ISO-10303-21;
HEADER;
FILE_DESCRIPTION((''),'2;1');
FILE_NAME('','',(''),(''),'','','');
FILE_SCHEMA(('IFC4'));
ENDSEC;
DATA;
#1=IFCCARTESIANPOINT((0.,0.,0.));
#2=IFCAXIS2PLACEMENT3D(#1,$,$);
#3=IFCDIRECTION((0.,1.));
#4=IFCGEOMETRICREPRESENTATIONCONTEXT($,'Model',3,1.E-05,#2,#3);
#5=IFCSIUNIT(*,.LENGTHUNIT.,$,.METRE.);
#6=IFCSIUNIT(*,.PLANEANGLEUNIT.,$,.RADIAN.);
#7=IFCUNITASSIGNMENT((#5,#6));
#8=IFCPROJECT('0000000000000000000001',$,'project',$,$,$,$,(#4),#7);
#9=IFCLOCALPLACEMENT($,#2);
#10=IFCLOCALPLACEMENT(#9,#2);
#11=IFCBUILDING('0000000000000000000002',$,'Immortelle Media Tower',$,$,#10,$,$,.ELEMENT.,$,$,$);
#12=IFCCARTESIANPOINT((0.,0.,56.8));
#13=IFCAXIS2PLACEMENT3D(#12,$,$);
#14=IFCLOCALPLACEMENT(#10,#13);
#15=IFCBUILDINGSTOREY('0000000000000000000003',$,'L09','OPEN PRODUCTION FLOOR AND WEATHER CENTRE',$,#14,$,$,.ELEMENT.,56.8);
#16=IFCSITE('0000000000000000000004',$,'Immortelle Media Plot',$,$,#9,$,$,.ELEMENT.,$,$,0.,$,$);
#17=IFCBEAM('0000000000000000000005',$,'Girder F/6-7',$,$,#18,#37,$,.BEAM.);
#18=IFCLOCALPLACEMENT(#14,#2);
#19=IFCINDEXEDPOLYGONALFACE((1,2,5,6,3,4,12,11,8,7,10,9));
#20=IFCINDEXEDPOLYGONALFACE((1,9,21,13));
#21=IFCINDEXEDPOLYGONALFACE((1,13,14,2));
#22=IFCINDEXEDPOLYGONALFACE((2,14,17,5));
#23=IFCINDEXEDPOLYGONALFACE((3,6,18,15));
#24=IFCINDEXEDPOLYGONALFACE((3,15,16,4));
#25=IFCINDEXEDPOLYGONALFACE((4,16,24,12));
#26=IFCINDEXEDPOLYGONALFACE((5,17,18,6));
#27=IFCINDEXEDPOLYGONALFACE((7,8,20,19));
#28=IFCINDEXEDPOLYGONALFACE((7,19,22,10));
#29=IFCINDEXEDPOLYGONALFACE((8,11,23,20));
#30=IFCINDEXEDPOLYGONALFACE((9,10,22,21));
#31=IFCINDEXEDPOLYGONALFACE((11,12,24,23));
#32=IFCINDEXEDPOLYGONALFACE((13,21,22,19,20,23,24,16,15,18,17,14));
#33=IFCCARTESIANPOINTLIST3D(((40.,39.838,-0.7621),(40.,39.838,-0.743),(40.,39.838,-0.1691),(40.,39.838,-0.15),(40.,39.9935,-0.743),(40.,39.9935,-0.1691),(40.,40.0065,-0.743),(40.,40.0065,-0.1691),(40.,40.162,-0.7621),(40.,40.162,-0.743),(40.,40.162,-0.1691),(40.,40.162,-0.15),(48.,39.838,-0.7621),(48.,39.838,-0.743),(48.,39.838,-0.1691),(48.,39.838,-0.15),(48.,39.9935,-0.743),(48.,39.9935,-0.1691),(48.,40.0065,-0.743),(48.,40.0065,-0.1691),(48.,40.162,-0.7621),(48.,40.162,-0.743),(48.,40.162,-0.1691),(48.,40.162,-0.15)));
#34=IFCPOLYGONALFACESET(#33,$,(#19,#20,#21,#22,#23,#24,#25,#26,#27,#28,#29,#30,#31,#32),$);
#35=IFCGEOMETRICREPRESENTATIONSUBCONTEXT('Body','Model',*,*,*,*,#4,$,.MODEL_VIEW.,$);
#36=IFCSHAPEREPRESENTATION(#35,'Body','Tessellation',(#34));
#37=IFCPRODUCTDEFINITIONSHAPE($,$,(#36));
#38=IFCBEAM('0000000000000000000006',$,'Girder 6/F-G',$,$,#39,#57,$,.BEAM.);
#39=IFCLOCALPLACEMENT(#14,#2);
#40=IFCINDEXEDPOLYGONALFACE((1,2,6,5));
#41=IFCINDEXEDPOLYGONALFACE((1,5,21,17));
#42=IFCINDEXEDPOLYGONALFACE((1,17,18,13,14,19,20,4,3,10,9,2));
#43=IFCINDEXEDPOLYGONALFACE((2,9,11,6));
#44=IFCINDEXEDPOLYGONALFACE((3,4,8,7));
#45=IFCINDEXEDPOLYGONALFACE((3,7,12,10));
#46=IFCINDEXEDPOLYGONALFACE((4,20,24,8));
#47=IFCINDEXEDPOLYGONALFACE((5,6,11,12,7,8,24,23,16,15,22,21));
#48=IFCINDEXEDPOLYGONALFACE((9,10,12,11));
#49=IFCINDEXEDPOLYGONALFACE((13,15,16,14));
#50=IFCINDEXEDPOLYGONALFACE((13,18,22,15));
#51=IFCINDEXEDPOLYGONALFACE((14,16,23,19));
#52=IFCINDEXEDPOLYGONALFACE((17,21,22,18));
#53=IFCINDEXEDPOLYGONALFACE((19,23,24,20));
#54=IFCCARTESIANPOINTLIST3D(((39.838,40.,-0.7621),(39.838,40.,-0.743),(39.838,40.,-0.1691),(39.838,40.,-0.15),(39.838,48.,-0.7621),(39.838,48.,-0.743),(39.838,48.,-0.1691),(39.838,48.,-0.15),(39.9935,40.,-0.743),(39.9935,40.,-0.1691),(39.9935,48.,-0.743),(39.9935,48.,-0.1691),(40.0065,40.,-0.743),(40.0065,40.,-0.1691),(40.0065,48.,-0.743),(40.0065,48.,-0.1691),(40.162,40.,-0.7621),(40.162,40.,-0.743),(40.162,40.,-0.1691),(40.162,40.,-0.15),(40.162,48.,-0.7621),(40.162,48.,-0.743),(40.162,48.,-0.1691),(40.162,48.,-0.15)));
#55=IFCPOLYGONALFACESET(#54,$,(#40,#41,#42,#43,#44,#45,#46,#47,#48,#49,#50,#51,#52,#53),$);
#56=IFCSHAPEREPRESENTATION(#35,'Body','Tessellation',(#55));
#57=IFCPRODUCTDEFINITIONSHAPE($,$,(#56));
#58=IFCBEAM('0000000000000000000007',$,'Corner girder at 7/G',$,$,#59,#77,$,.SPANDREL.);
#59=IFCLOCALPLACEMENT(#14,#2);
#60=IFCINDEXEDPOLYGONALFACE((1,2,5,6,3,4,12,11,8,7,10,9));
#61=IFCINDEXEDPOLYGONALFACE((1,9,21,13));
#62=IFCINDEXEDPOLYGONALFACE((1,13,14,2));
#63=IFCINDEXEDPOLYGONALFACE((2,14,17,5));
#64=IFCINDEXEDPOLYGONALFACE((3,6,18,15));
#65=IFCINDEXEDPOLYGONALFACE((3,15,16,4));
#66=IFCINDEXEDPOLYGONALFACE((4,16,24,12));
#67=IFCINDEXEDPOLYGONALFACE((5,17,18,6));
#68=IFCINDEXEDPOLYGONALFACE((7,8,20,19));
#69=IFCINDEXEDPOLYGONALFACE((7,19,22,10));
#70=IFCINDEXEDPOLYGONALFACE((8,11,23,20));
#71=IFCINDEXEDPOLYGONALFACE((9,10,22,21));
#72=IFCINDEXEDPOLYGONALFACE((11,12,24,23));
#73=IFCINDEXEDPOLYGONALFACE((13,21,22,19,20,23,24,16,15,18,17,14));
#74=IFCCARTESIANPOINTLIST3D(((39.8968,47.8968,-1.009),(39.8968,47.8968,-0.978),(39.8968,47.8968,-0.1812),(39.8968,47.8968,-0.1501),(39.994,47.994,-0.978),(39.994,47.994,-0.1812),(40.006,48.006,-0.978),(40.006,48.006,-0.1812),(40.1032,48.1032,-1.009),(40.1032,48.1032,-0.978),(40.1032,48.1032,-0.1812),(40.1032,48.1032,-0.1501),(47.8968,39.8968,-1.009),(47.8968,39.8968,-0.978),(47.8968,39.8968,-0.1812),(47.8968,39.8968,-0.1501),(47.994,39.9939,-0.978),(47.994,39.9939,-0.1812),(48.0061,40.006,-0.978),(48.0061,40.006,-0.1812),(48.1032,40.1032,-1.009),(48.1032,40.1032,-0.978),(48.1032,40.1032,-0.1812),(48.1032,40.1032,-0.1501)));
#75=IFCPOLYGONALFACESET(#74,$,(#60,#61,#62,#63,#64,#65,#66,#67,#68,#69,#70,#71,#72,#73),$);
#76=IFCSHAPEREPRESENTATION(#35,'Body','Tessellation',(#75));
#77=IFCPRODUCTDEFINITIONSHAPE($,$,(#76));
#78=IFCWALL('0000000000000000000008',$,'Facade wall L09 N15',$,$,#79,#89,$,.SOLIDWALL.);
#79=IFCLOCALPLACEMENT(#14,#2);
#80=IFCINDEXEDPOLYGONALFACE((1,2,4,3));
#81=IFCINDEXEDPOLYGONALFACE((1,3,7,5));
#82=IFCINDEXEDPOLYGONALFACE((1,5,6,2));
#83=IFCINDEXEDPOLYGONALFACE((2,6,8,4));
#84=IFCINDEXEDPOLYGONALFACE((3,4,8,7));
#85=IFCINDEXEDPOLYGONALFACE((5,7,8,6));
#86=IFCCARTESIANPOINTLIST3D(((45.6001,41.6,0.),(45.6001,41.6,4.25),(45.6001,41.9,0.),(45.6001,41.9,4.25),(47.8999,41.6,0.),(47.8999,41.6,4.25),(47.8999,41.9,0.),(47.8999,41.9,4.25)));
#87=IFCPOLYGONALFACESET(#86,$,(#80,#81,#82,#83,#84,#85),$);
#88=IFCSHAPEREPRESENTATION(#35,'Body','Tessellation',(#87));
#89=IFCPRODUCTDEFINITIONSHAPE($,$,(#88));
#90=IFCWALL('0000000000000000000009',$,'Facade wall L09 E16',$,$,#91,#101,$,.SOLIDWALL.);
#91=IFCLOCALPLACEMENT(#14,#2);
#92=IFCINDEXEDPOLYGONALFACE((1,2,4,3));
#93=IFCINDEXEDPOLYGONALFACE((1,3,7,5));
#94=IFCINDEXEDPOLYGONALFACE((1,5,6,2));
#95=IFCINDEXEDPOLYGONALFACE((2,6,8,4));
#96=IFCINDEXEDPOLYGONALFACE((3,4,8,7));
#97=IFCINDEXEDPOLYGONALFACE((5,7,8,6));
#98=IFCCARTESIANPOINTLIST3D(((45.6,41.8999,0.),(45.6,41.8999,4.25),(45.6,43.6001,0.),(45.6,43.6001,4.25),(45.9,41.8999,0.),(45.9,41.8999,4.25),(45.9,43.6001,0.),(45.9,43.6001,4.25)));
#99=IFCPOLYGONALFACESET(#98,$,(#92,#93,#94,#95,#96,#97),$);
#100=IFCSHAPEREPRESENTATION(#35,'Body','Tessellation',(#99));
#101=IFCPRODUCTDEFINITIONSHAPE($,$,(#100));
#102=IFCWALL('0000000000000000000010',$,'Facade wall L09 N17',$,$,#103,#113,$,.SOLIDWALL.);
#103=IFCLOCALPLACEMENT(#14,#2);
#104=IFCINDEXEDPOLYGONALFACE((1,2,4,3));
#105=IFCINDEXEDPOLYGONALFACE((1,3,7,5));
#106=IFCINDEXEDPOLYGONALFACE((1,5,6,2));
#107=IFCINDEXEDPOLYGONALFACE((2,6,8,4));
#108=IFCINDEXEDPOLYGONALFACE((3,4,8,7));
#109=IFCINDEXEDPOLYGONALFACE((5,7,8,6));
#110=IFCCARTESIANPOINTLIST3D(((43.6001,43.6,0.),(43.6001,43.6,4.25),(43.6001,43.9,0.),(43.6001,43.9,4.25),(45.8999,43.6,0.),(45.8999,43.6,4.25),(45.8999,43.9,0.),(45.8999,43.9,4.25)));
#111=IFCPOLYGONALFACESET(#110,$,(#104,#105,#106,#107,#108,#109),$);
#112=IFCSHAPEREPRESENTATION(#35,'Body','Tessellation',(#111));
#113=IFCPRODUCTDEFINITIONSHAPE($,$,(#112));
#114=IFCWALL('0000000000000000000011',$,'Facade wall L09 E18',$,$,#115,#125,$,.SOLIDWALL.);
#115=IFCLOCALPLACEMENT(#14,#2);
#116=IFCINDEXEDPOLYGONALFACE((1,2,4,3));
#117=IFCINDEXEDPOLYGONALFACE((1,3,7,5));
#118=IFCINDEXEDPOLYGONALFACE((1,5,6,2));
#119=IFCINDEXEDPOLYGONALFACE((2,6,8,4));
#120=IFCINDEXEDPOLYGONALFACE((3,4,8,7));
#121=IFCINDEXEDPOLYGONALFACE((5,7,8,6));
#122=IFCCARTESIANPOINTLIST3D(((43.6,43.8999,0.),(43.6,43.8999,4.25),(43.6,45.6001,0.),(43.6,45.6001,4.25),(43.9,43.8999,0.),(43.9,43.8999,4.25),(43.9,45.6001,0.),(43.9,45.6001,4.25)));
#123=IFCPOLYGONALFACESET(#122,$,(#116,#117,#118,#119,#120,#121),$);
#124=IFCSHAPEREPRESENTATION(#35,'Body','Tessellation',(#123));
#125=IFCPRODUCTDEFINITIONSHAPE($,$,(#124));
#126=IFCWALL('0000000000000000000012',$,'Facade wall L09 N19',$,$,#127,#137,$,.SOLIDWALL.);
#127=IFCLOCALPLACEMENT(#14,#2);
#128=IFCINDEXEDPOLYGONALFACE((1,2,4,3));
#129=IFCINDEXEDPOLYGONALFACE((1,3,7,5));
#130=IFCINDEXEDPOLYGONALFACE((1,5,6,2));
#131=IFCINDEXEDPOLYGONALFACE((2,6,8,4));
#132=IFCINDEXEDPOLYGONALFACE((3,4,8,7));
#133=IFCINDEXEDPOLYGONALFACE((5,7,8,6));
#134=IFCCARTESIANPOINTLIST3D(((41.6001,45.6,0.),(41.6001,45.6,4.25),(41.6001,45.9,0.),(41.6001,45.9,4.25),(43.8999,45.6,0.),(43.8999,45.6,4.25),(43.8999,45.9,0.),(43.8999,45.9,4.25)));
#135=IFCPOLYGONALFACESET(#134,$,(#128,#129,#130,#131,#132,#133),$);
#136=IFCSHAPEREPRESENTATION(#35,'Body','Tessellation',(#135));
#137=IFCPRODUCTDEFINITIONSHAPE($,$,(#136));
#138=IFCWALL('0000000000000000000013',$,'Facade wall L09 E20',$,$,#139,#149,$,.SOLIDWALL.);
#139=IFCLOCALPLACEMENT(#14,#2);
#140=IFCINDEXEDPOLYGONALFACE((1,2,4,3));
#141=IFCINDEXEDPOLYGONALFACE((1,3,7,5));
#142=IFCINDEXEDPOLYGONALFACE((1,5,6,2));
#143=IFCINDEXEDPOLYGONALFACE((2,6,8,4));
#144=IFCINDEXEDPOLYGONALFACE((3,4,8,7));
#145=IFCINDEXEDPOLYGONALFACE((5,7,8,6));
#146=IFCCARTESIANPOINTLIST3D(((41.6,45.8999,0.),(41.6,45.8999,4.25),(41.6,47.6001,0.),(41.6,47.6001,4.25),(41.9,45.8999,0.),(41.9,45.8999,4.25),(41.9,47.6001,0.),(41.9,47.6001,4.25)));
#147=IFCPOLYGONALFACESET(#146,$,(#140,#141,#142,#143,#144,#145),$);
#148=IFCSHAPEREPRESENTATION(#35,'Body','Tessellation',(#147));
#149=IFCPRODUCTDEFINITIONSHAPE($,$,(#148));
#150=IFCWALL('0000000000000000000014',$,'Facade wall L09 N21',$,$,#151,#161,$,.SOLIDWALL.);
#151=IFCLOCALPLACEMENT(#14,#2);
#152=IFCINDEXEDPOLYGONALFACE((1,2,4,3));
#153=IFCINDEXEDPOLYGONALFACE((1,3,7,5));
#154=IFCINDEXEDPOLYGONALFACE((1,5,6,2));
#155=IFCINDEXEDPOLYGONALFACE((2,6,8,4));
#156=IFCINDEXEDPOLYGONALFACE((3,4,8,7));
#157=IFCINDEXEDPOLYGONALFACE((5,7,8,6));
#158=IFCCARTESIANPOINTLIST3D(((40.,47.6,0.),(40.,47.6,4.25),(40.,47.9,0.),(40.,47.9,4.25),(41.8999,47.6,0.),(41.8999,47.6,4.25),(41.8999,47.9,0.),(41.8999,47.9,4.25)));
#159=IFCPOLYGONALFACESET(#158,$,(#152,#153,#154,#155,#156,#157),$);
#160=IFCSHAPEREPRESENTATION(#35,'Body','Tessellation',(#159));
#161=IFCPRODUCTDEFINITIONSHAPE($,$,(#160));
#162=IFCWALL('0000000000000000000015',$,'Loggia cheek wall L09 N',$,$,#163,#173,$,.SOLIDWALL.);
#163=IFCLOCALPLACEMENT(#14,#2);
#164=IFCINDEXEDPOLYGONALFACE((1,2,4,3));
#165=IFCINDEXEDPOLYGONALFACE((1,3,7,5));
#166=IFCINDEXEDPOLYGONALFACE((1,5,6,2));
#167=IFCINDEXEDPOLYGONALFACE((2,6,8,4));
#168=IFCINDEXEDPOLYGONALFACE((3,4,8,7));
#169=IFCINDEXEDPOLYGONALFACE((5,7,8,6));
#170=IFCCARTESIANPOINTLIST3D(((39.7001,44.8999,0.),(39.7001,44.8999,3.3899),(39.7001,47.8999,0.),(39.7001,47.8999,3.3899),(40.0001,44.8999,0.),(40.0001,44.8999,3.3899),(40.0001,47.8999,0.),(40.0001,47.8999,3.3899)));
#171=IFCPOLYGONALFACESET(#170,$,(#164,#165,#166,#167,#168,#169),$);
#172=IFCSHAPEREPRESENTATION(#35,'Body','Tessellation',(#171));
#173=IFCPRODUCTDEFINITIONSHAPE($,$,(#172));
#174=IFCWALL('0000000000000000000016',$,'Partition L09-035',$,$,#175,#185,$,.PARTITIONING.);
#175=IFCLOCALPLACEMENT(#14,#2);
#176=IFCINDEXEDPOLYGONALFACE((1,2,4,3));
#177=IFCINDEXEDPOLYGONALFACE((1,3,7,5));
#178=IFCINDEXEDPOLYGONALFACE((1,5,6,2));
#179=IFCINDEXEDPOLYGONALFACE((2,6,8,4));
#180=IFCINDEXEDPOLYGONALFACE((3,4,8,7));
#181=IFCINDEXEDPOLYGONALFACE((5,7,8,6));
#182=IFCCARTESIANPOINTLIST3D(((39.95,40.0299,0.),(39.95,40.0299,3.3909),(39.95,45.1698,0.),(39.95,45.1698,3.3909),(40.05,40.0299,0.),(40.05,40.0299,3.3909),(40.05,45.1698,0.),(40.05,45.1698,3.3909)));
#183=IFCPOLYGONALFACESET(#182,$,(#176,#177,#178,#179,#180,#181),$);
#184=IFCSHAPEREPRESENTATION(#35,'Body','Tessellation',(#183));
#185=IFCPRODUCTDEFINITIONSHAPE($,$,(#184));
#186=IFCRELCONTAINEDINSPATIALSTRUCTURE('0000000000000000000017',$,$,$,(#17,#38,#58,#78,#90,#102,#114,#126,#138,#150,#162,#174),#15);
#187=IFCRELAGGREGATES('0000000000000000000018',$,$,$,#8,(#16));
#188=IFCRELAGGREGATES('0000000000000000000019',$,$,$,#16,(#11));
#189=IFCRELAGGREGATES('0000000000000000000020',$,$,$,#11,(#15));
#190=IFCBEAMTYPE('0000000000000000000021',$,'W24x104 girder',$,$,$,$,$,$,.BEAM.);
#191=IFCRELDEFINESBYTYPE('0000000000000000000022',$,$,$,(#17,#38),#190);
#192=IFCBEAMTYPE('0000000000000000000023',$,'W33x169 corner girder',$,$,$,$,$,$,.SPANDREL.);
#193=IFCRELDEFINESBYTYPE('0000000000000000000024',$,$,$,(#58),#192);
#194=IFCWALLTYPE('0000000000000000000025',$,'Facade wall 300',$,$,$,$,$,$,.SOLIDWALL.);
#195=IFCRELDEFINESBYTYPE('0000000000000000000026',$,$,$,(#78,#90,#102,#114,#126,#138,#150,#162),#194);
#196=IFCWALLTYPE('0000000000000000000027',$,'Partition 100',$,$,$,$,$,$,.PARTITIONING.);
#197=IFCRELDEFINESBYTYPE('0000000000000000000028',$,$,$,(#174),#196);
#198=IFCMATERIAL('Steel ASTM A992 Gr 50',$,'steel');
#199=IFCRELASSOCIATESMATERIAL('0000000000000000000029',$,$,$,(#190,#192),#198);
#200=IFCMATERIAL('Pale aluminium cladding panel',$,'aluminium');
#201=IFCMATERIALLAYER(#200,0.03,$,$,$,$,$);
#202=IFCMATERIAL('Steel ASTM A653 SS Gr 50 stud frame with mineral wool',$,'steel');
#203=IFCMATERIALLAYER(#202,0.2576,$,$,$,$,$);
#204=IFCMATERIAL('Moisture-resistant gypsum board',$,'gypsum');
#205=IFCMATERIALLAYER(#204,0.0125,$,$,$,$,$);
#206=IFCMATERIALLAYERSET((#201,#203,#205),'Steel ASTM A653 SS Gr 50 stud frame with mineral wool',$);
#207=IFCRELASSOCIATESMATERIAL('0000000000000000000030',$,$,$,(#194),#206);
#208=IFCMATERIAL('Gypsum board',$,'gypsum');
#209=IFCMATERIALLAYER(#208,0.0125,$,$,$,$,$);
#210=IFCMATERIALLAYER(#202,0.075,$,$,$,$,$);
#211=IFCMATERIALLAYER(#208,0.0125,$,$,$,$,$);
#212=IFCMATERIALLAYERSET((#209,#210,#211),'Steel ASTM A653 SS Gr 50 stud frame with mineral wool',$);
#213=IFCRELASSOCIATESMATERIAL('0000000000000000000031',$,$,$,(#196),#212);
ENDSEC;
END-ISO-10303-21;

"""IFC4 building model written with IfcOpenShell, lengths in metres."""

from ifc_helpers import new_model, si_unit, direction, frame, frame_2d, origin, origin_2d, place, context, subcontext, project, spatial, rectangle, i_section, extrude, material, layer, layer_set, material_profile, profile_set, type_object, element, save


model = new_model("IFC4")

# Units and contexts
model_context = context("Model", 3, precision=1e-05, world=origin(), true_north=direction((0.0, 1.0)))
body_context = subcontext(model_context, "Body", "Model", "MODEL_VIEW")
ifc_project = project(units=[si_unit("LENGTHUNIT", "METRE"), si_unit("PLANEANGLEUNIT", "RADIAN")], contexts=[model_context])

# Site, building, storey
site_placement = place(None, origin())
site = spatial("IfcSite", under=ifc_project, at=site_placement, Name="Immortelle Media Plot", CompositionType="ELEMENT", RefElevation=0.0)
building_placement = place(site_placement, origin())
building = spatial("IfcBuilding", under=site, at=building_placement, Name="Immortelle Media Tower", CompositionType="ELEMENT")
storey_placement = place(building_placement, frame((0.0, 0.0, 56.8)))
storey = spatial("IfcBuildingStorey", under=building, at=storey_placement, Name="L09", Description="OPEN PRODUCTION FLOOR AND WEATHER CENTRE", CompositionType="ELEMENT", Elevation=56.8)

# Shared definitions
ifc_material_1 = material(Name="Steel ASTM A992 Gr 50", Category="steel")

# Beams
ifc_material_profile_1 = material_profile(ifc_material_1, i_section(OverallWidth=0.324, OverallDepth=0.6121, WebThickness=0.0129, FlangeThickness=0.019, at=origin_2d()), Name="W24x104")
ifc_profile_set_1 = profile_set([ifc_material_profile_1], Name="Steel ASTM A992 Gr 50")
beam_type_1 = type_object("IfcBeamType", Name="W24x104 girder", PredefinedType="BEAM", material=ifc_profile_set_1)
for number, where, z_axis, x_axis, name in (
    (1, (40.0, 40.0, -0.4561), (1.0, 0.0, 0.0), (0.0, 1.0, 0.0), "Girder F/6-7"),
    (2, (40.0, 40.0, -0.4561), (0.0, 1.0, 0.0), (-1.0, 0.0, 0.0), "Girder 6/F-G"),
):
    element("IfcBeam", number, at=place(storey_placement, frame(where, z_axis=z_axis, x_axis=x_axis)), inside=storey, type_object=beam_type_1, Name=name, PredefinedType="BEAM", context=body_context, shape_type="SweptSolid", body=[
        extrude(i_section(OverallWidth=0.324, OverallDepth=0.6121, WebThickness=0.0129, FlangeThickness=0.019, at=origin_2d()), origin(), (0.0, 0.0, 1.0), 8.0),
    ])
ifc_material_profile_2 = material_profile(ifc_material_1, i_section(OverallWidth=0.292, OverallDepth=0.8589, WebThickness=0.0171, FlangeThickness=0.031, at=origin_2d()), Name="W33x169")
ifc_profile_set_2 = profile_set([ifc_material_profile_2], Name="Steel ASTM A992 Gr 50")
beam_type_2 = type_object("IfcBeamType", Name="W33x169 corner girder", PredefinedType="SPANDREL", material=ifc_profile_set_2)
beam_1_placement = place(storey_placement, frame((40.0, 48.0, -0.5796), z_axis=(0.707107, -0.707107, 0.0), x_axis=(0.707107, 0.707107, 0.0)))
element("IfcBeam", 3, at=beam_1_placement, inside=storey, type_object=beam_type_2, Name="Corner girder at 7/G", PredefinedType="SPANDREL", context=body_context, shape_type="SweptSolid", body=[
    extrude(i_section(OverallWidth=0.292, OverallDepth=0.8589, WebThickness=0.0171, FlangeThickness=0.031, at=origin_2d()), origin(), (0.0, 0.0, 1.0), 11.3137),
])

# Walls
ifc_material_2 = material(Name="Pale aluminium cladding panel", Category="aluminium")
ifc_layer_1 = layer(ifc_material_2, 0.03)
ifc_material_3 = material(Name="Steel ASTM A653 SS Gr 50 stud frame with mineral wool", Category="steel")
ifc_layer_2 = layer(ifc_material_3, 0.2576)
ifc_material_4 = material(Name="Moisture-resistant gypsum board", Category="gypsum")
ifc_layer_3 = layer(ifc_material_4, 0.0125)
ifc_layer_set_1 = layer_set([ifc_layer_1, ifc_layer_2, ifc_layer_3], Name="Steel ASTM A653 SS Gr 50 stud frame with mineral wool")
wall_type_1 = type_object("IfcWallType", Name="Facade wall 300", PredefinedType="SOLIDWALL", material=ifc_layer_set_1)
wall_1_placement = place(storey_placement, frame((47.8999, 41.75, 0.0), z_axis=(0.0, 0.0, 1.0), x_axis=(-1.0, 0.0, 0.0)))
element("IfcWall", 4, at=wall_1_placement, inside=storey, type_object=wall_type_1, Name="Facade wall L09 N15", PredefinedType="SOLIDWALL", context=body_context, shape_type="SweptSolid", body=[
    extrude(rectangle(XDim=2.2998, YDim=0.3, at=frame_2d((1.1499, 0.0))), origin(), (0.0, 0.0, 1.0), 4.25),
])
wall_2_placement = place(storey_placement, frame((45.75, 41.8999, 0.0), z_axis=(0.0, 0.0, 1.0), x_axis=(0.0, 1.0, 0.0)))
element("IfcWall", 5, at=wall_2_placement, inside=storey, type_object=wall_type_1, Name="Facade wall L09 E16", PredefinedType="SOLIDWALL", context=body_context, shape_type="SweptSolid", body=[
    extrude(rectangle(XDim=1.7002, YDim=0.3, at=frame_2d((0.8501, 0.0))), origin(), (0.0, 0.0, 1.0), 4.25),
])
wall_3_placement = place(storey_placement, frame((45.8999, 43.75, 0.0), z_axis=(0.0, 0.0, 1.0), x_axis=(-1.0, 0.0, 0.0)))
element("IfcWall", 6, at=wall_3_placement, inside=storey, type_object=wall_type_1, Name="Facade wall L09 N17", PredefinedType="SOLIDWALL", context=body_context, shape_type="SweptSolid", body=[
    extrude(rectangle(XDim=2.2998, YDim=0.3, at=frame_2d((1.1499, 0.0))), origin(), (0.0, 0.0, 1.0), 4.25),
])
wall_4_placement = place(storey_placement, frame((43.75, 43.8999, 0.0), z_axis=(0.0, 0.0, 1.0), x_axis=(0.0, 1.0, 0.0)))
element("IfcWall", 7, at=wall_4_placement, inside=storey, type_object=wall_type_1, Name="Facade wall L09 E18", PredefinedType="SOLIDWALL", context=body_context, shape_type="SweptSolid", body=[
    extrude(rectangle(XDim=1.7002, YDim=0.3, at=frame_2d((0.8501, 0.0))), origin(), (0.0, 0.0, 1.0), 4.25),
])
wall_5_placement = place(storey_placement, frame((43.8999, 45.75, 0.0), z_axis=(0.0, 0.0, 1.0), x_axis=(-1.0, 0.0, 0.0)))
element("IfcWall", 8, at=wall_5_placement, inside=storey, type_object=wall_type_1, Name="Facade wall L09 N19", PredefinedType="SOLIDWALL", context=body_context, shape_type="SweptSolid", body=[
    extrude(rectangle(XDim=2.2998, YDim=0.3, at=frame_2d((1.1499, 0.0))), origin(), (0.0, 0.0, 1.0), 4.25),
])
wall_6_placement = place(storey_placement, frame((41.75, 45.8999, 0.0), z_axis=(0.0, 0.0, 1.0), x_axis=(0.0, 1.0, 0.0)))
element("IfcWall", 9, at=wall_6_placement, inside=storey, type_object=wall_type_1, Name="Facade wall L09 E20", PredefinedType="SOLIDWALL", context=body_context, shape_type="SweptSolid", body=[
    extrude(rectangle(XDim=1.7002, YDim=0.3, at=frame_2d((0.8501, 0.0))), origin(), (0.0, 0.0, 1.0), 4.25),
])
wall_7_placement = place(storey_placement, frame((41.8999, 47.75, 0.0), z_axis=(0.0, 0.0, 1.0), x_axis=(-1.0, 0.0, 0.0)))
element("IfcWall", 10, at=wall_7_placement, inside=storey, type_object=wall_type_1, Name="Facade wall L09 N21", PredefinedType="SOLIDWALL", context=body_context, shape_type="SweptSolid", body=[
    extrude(rectangle(XDim=1.8999, YDim=0.3, at=frame_2d((0.95, 0.0))), origin(), (0.0, 0.0, 1.0), 4.25),
])

# Walls
wall_8_placement = place(storey_placement, frame((39.8501, 47.8999, 0.0), z_axis=(0.0, 0.0, 1.0), x_axis=(0.0, -1.0, 0.0)))
element("IfcWall", 11, at=wall_8_placement, inside=storey, type_object=wall_type_1, Name="Loggia cheek wall L09 N", PredefinedType="SOLIDWALL", context=body_context, shape_type="SweptSolid", body=[
    extrude(rectangle(XDim=3.0, YDim=0.3, at=frame_2d((1.5, 0.0))), origin(), (0.0, 0.0, 1.0), 3.3899),
])
ifc_material_5 = material(Name="Gypsum board", Category="gypsum")
ifc_layer_4 = layer(ifc_material_5, 0.0125)
ifc_layer_5 = layer(ifc_material_3, 0.075)
ifc_layer_6 = layer(ifc_material_5, 0.0125)
ifc_layer_set_2 = layer_set([ifc_layer_4, ifc_layer_5, ifc_layer_6], Name="Steel ASTM A653 SS Gr 50 stud frame with mineral wool")
wall_type_2 = type_object("IfcWallType", Name="Partition 100", PredefinedType="PARTITIONING", material=ifc_layer_set_2)
wall_9_placement = place(storey_placement, frame((40.0, 40.03, 0.0), z_axis=(0.0, 0.0, 1.0), x_axis=(0.0, 1.0, 0.0)))
element("IfcWall", 12, at=wall_9_placement, inside=storey, type_object=wall_type_2, Name="Partition L09-035", PredefinedType="PARTITIONING", context=body_context, shape_type="SweptSolid", body=[
    extrude(rectangle(XDim=5.1399, YDim=0.1001, at=frame_2d((2.5698, 0.0))), origin(), (0.0, 0.0, 1.0), 3.3909),
])

save(model, "model.ifc")
